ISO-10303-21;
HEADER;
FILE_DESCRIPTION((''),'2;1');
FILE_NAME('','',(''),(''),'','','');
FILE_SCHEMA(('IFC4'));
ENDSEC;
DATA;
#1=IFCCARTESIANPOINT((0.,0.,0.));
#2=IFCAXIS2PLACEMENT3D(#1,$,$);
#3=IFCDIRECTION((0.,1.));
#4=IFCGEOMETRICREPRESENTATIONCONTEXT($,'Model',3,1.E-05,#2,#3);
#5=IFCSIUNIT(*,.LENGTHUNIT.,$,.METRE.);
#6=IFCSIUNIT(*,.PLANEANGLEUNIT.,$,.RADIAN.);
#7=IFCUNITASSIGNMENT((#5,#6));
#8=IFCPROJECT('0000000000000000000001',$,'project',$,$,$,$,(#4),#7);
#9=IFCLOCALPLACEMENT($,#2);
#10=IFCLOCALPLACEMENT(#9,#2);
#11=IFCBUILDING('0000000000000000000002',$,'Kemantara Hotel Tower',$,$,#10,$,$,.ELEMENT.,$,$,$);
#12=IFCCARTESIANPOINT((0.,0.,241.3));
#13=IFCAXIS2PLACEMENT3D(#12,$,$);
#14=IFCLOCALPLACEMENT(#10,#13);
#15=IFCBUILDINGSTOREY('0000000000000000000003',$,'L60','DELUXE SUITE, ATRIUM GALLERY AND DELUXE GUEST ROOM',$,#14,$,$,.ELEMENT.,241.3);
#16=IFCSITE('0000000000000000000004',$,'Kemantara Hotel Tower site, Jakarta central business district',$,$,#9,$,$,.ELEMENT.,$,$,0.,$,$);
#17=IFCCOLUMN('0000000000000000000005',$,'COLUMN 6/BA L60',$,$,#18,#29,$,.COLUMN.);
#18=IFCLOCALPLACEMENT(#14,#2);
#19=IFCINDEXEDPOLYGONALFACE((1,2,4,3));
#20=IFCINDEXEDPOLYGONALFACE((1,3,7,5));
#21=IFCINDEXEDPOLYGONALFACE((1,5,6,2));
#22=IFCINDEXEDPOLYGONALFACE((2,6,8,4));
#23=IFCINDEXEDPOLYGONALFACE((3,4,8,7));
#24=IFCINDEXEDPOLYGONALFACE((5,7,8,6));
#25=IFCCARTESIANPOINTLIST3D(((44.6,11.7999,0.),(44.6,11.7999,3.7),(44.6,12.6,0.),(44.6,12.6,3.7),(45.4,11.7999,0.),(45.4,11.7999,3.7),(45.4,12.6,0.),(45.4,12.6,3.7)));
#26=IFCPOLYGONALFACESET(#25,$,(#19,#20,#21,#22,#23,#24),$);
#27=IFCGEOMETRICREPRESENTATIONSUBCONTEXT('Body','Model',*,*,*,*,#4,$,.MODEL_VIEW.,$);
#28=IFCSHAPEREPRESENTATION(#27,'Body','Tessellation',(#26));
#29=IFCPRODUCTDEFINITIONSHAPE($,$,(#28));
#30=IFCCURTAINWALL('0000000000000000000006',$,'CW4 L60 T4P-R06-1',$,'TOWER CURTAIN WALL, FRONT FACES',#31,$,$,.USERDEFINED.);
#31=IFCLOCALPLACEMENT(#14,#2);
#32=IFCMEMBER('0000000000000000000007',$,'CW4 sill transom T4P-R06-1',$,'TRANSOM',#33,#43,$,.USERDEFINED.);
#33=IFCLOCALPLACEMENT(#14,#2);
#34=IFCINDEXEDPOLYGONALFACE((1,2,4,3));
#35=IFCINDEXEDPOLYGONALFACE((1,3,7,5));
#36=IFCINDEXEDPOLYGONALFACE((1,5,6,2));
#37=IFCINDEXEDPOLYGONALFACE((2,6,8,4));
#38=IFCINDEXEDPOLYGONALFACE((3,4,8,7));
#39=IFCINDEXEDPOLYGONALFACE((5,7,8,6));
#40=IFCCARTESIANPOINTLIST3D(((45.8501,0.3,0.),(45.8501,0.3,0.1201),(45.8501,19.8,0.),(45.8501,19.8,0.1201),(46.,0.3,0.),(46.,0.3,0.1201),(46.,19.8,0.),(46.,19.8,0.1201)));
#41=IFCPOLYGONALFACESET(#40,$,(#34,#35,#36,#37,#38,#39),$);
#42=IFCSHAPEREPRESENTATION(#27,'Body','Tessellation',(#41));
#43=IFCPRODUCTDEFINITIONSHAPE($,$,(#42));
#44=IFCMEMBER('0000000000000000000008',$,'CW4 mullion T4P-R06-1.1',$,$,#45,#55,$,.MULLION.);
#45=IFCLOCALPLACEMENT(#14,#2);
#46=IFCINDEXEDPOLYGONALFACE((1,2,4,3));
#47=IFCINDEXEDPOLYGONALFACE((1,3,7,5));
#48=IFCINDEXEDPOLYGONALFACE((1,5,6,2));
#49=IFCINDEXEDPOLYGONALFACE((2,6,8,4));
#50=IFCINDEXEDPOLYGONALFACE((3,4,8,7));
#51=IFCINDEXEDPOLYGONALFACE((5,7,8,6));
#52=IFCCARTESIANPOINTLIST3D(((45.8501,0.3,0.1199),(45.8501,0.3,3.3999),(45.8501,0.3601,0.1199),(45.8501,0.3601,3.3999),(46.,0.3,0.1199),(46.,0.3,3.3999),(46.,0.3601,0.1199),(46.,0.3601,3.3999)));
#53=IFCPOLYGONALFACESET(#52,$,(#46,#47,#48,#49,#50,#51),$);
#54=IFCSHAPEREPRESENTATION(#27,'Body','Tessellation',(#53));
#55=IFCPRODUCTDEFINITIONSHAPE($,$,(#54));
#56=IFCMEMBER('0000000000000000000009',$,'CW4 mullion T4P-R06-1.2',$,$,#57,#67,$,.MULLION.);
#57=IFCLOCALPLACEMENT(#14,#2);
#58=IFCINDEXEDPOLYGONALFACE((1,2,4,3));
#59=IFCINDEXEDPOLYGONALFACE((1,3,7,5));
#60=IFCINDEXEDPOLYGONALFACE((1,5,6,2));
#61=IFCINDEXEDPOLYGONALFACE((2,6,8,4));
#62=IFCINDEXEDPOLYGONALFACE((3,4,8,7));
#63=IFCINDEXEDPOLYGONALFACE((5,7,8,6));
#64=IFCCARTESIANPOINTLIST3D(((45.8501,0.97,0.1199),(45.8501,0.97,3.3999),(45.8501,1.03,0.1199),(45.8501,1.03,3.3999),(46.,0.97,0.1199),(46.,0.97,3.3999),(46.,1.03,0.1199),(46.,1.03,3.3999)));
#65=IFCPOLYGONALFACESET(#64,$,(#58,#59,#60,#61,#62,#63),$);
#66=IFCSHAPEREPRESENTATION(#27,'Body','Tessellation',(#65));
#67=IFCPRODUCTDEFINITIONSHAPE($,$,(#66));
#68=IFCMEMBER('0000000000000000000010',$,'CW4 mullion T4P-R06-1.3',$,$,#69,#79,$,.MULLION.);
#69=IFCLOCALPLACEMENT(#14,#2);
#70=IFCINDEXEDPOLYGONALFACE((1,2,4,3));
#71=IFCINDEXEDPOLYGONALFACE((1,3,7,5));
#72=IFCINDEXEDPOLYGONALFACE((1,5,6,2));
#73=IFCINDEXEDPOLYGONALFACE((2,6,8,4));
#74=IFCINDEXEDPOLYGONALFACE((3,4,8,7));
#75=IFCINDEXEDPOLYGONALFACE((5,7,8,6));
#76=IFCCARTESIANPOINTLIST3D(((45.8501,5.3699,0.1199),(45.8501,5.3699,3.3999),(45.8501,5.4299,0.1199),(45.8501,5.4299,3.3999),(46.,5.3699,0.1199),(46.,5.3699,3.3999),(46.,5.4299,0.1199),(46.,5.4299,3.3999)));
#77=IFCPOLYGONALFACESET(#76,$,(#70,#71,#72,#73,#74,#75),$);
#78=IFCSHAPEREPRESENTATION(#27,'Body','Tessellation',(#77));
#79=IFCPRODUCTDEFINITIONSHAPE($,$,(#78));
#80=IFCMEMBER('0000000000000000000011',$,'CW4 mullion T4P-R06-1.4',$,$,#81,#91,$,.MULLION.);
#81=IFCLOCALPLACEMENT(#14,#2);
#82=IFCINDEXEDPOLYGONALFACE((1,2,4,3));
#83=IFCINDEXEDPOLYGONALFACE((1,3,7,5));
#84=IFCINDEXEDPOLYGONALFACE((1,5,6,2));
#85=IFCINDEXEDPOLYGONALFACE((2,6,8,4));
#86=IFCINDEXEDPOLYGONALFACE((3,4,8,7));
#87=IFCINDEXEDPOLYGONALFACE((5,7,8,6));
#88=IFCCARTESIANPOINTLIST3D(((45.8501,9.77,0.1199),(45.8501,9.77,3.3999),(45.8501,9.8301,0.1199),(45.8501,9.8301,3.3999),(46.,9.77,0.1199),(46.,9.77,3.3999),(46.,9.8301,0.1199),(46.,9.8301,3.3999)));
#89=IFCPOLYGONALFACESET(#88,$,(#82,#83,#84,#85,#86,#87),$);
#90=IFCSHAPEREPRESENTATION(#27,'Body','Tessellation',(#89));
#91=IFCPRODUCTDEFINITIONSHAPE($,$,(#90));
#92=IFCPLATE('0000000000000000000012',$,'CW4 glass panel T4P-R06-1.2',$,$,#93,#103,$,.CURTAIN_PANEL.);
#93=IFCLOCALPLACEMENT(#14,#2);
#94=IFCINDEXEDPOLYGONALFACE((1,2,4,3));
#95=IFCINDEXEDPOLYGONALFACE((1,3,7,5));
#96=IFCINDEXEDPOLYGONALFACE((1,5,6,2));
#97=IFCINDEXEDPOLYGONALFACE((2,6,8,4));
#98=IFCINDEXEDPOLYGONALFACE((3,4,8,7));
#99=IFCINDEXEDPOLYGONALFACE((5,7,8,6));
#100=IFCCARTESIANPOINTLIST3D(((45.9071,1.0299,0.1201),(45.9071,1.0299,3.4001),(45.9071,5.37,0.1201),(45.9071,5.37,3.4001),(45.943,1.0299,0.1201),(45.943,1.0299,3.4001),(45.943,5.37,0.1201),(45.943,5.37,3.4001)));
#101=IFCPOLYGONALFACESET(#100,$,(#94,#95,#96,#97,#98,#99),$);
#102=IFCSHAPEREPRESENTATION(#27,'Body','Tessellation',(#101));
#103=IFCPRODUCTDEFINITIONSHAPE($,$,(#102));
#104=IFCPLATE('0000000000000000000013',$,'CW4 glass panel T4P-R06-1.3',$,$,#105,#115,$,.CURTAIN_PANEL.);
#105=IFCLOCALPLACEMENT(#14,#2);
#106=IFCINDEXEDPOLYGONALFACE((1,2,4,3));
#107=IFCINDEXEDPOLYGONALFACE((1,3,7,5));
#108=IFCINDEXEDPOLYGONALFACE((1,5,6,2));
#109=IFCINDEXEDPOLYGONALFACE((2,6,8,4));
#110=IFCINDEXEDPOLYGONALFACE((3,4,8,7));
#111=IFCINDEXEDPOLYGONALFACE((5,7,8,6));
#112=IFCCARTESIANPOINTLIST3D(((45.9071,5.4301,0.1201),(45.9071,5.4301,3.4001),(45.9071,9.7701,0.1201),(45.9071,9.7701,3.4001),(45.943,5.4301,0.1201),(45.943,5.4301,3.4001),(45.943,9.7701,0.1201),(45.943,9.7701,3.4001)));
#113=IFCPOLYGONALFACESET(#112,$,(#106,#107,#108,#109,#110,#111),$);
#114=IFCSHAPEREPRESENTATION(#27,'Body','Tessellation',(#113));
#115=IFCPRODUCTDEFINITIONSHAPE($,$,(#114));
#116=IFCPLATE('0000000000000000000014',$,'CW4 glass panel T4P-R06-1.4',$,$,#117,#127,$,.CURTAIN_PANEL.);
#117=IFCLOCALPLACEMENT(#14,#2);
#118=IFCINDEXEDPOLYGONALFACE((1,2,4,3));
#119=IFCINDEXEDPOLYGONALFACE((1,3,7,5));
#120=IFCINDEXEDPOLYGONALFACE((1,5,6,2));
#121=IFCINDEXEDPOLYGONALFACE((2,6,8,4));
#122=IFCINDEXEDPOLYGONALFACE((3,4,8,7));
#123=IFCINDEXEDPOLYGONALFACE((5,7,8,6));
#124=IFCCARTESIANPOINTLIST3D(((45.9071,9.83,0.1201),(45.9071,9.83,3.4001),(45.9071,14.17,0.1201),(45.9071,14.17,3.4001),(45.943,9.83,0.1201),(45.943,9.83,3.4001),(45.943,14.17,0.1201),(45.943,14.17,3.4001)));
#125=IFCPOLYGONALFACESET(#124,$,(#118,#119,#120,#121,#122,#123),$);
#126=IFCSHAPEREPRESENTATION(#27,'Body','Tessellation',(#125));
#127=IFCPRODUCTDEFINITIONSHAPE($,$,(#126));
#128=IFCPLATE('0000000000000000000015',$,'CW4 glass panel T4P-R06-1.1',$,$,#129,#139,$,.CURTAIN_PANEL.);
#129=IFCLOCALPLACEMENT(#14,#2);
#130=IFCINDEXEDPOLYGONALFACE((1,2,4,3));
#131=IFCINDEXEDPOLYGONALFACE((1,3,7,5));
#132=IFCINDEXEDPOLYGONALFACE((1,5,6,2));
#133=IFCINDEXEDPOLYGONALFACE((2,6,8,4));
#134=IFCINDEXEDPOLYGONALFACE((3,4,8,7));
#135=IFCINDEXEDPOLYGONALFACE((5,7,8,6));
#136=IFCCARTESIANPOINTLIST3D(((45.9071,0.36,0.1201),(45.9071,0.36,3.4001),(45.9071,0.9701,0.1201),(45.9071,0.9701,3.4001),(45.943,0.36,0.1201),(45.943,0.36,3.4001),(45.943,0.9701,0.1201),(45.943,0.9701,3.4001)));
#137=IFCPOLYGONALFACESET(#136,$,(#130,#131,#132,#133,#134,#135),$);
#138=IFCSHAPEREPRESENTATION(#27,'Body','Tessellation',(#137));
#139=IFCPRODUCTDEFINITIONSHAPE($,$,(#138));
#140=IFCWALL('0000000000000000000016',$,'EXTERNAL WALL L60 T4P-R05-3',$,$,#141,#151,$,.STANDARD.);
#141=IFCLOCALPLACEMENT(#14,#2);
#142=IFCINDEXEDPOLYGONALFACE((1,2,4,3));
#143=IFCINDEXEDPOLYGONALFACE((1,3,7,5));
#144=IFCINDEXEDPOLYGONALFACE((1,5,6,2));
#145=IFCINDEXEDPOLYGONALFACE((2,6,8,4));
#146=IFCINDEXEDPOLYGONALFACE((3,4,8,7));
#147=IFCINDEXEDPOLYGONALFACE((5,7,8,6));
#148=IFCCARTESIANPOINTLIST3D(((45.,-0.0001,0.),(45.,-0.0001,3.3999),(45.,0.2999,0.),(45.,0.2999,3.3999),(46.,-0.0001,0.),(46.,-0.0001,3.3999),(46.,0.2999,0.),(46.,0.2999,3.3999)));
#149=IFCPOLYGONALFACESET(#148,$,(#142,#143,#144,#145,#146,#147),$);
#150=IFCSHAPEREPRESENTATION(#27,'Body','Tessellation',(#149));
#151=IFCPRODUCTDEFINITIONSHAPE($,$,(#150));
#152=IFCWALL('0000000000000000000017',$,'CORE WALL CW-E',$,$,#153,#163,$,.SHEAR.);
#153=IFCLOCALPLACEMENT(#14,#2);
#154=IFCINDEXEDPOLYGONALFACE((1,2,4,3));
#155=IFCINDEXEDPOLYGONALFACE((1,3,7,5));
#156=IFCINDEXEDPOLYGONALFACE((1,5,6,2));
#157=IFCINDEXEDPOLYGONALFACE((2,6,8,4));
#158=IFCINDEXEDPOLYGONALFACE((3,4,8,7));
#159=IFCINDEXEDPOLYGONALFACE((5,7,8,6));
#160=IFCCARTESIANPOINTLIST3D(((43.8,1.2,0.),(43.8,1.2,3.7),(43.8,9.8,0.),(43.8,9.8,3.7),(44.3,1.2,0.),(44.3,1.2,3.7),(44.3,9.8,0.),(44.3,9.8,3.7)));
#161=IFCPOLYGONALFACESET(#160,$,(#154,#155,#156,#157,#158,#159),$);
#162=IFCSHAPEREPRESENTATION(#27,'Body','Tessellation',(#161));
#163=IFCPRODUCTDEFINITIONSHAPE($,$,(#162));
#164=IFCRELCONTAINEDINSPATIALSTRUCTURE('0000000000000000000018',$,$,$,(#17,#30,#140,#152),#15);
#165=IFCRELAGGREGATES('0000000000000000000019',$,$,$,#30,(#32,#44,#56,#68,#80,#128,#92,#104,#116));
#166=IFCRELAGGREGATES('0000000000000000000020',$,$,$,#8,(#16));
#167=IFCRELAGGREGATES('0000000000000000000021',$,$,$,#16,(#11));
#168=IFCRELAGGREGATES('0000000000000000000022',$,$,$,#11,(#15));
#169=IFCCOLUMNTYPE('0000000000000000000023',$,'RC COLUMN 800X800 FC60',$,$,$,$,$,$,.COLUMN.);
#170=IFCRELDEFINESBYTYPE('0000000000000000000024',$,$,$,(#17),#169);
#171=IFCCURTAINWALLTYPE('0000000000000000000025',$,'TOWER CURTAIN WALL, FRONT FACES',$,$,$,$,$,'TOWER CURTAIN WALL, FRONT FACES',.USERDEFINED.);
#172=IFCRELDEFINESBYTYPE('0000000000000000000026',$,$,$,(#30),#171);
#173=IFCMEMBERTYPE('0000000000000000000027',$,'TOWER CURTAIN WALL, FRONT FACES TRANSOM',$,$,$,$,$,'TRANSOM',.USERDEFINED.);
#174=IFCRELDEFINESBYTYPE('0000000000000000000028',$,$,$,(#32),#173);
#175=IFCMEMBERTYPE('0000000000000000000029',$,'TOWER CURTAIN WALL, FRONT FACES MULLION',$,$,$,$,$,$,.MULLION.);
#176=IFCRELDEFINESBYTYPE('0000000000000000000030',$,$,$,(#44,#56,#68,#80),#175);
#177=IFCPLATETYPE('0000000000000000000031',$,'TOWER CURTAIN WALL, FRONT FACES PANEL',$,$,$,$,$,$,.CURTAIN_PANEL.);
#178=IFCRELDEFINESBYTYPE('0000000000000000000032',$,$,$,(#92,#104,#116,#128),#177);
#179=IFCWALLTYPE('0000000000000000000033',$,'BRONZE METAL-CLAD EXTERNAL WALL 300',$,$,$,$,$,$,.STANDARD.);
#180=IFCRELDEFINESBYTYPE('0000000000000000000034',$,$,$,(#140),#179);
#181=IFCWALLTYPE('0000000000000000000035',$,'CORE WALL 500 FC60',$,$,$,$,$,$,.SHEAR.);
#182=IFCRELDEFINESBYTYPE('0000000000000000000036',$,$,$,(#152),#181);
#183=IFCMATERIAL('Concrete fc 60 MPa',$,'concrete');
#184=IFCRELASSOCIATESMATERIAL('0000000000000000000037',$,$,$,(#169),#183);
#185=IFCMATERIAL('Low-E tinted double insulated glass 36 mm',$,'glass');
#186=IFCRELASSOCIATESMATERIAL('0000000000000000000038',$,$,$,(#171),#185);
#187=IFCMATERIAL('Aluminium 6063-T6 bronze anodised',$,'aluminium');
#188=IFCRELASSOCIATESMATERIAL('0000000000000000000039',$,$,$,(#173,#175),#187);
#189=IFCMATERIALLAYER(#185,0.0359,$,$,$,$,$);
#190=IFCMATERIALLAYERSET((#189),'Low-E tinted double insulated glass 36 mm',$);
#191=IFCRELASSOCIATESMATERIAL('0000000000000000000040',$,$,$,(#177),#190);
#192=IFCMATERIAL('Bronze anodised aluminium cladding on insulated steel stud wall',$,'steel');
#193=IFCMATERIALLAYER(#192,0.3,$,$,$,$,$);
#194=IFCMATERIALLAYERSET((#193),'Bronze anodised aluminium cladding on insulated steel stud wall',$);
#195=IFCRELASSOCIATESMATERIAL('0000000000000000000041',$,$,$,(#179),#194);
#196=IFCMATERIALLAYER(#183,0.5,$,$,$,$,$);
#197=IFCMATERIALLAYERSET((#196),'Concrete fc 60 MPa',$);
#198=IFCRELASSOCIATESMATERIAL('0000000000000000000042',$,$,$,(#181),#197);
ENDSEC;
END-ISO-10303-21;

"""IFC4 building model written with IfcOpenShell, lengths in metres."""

from ifc_helpers import new_model, si_unit, direction, frame, frame_2d, origin, origin_2d, place, context, subcontext, project, spatial, rectangle, extrude, source, transform, mapped, material, layer, layer_set, material_profile, profile_set, type_object, element, aggregate, save


model = new_model("IFC4")

# Units and contexts
model_context = context("Model", 3, precision=1e-05, world=origin(), true_north=direction((0.0, 1.0)))
body_context = subcontext(model_context, "Body", "Model", "MODEL_VIEW")
ifc_project = project(units=[si_unit("LENGTHUNIT", "METRE"), si_unit("PLANEANGLEUNIT", "RADIAN")], contexts=[model_context])

# Site, building, storey
site_placement = place(None, origin())
site = spatial("IfcSite", under=ifc_project, at=site_placement, Name="Kemantara Hotel Tower site, Jakarta central business district", CompositionType="ELEMENT", RefElevation=0.0)
building_placement = place(site_placement, origin())
building = spatial("IfcBuilding", under=site, at=building_placement, Name="Kemantara Hotel Tower", CompositionType="ELEMENT")
storey_placement = place(building_placement, frame((0.0, 0.0, 241.3)))
storey = spatial("IfcBuildingStorey", under=building, at=storey_placement, Name="L60", Description="DELUXE SUITE, ATRIUM GALLERY AND DELUXE GUEST ROOM", CompositionType="ELEMENT", Elevation=241.3)

# Column
ifc_material_1 = material(Name="Concrete fc 60 MPa", Category="concrete")
ifc_material_profile_1 = material_profile(ifc_material_1, rectangle(XDim=0.8, YDim=0.8, at=origin_2d()), Name="RC 800X800")
ifc_profile_set_1 = profile_set([ifc_material_profile_1], Name="Concrete fc 60 MPa")
column_type = type_object("IfcColumnType", Name="RC COLUMN 800X800 FC60", PredefinedType="COLUMN", material=ifc_profile_set_1)
column_placement = place(storey_placement, frame((45.0, 12.2, 0.0), z_axis=(0.0, 0.0, 1.0), x_axis=(1.0, 0.0, 0.0)))
element("IfcColumn", 1, at=column_placement, inside=storey, type_object=column_type, Name="COLUMN 6/BA L60", PredefinedType="COLUMN", context=body_context, shape_type="SweptSolid", body=[
    extrude(rectangle(XDim=0.8, YDim=0.8, at=origin_2d()), origin(), (0.0, 0.0, 1.0), 3.7),
])

# Curtain wall, members, plates
ifc_material_2 = material(Name="Low-E tinted double insulated glass 36 mm", Category="glass")
curtain_wall_type = type_object("IfcCurtainWallType", Name="TOWER CURTAIN WALL, FRONT FACES", ElementType="TOWER CURTAIN WALL, FRONT FACES", PredefinedType="USERDEFINED", material=ifc_material_2)
curtain_wall_placement = place(storey_placement, origin())
curtain_wall = element("IfcCurtainWall", 2, at=curtain_wall_placement, inside=storey, type_object=curtain_wall_type, Name="CW4 L60 T4P-R06-1", ObjectType="TOWER CURTAIN WALL, FRONT FACES", PredefinedType="USERDEFINED")
ifc_material_3 = material(Name="Aluminium 6063-T6 bronze anodised", Category="aluminium")
ifc_material_profile_2 = material_profile(ifc_material_3, rectangle(XDim=0.1499, YDim=0.1201, at=origin_2d()), Name="TOWER CURTAIN WALL, FRONT FACES TRANSOM")
ifc_profile_set_2 = profile_set([ifc_material_profile_2], Name="Aluminium 6063-T6 bronze anodised")
member_type_1 = type_object("IfcMemberType", Name="TOWER CURTAIN WALL, FRONT FACES TRANSOM", ElementType="TRANSOM", PredefinedType="USERDEFINED", material=ifc_profile_set_2)
member_1_placement = place(storey_placement, frame((45.925, 0.3, 0.0601), z_axis=(0.0, 1.0, 0.0), x_axis=(-1.0, 0.0, 0.0)))
member_1 = element("IfcMember", 3, at=member_1_placement, type_object=member_type_1, Name="CW4 sill transom T4P-R06-1", ObjectType="TRANSOM", PredefinedType="USERDEFINED", context=body_context, shape_type="SweptSolid", body=[
    extrude(rectangle(XDim=0.1499, YDim=0.1201, at=origin_2d()), origin(), (0.0, 0.0, 1.0), 19.5),
])
ifc_material_profile_3 = material_profile(ifc_material_3, rectangle(XDim=0.1499, YDim=0.0601, at=origin_2d()), Name="TOWER CURTAIN WALL, FRONT FACES MULLION")
ifc_profile_set_3 = profile_set([ifc_material_profile_3], Name="Aluminium 6063-T6 bronze anodised")
member_type_2 = type_object("IfcMemberType", Name="TOWER CURTAIN WALL, FRONT FACES MULLION", PredefinedType="MULLION", material=ifc_profile_set_3)
shared_shape_1 = source(origin(), body_context, "Body", "SweptSolid", [
    extrude(rectangle(XDim=0.1499, YDim=0.0601, at=origin_2d()), origin(), (0.0, 0.0, 1.0), 3.28),
])
member_2_placement = place(storey_placement, frame((45.925, 0.3301, 0.1199), z_axis=(0.0, 0.0, 1.0), x_axis=(-1.0, 0.0, 0.0)))
member_2 = element("IfcMember", 4, at=member_2_placement, type_object=member_type_2, Name="CW4 mullion T4P-R06-1.1", PredefinedType="MULLION", context=body_context, shape_type="MappedRepresentation", body=[
    mapped(shared_shape_1, transform((0.0, 0.0, 0.0))),
])
member_3_placement = place(storey_placement, frame((45.925, 1.0, 0.1199), z_axis=(0.0, 0.0, 1.0), x_axis=(-1.0, 0.0, 0.0)))
member_3 = element("IfcMember", 5, at=member_3_placement, type_object=member_type_2, Name="CW4 mullion T4P-R06-1.2", PredefinedType="MULLION", context=body_context, shape_type="MappedRepresentation", body=[
    mapped(shared_shape_1, transform((0.0, 0.0, 0.0))),
])
member_4_placement = place(storey_placement, frame((45.925, 5.3999, 0.1199), z_axis=(0.0, 0.0, 1.0), x_axis=(-1.0, 0.0, 0.0)))
member_4 = element("IfcMember", 6, at=member_4_placement, type_object=member_type_2, Name="CW4 mullion T4P-R06-1.3", PredefinedType="MULLION", context=body_context, shape_type="MappedRepresentation", body=[
    mapped(shared_shape_1, transform((0.0, 0.0, 0.0))),
])
member_5_placement = place(storey_placement, frame((45.925, 9.8, 0.1199), z_axis=(0.0, 0.0, 1.0), x_axis=(-1.0, 0.0, 0.0)))
member_5 = element("IfcMember", 7, at=member_5_placement, type_object=member_type_2, Name="CW4 mullion T4P-R06-1.4", PredefinedType="MULLION", context=body_context, shape_type="MappedRepresentation", body=[
    mapped(shared_shape_1, transform((0.0, 0.0, 0.0))),
])
ifc_layer_1 = layer(ifc_material_2, 0.0359)
ifc_layer_set_1 = layer_set([ifc_layer_1], Name="Low-E tinted double insulated glass 36 mm")
plate_type = type_object("IfcPlateType", Name="TOWER CURTAIN WALL, FRONT FACES PANEL", PredefinedType="CURTAIN_PANEL", material=ifc_layer_set_1)
shared_shape_2 = source(origin(), body_context, "Body", "SweptSolid", [
    extrude(rectangle(XDim=4.3401, YDim=0.0359, at=origin_2d()), origin(), (0.0, 0.0, 1.0), 3.28),
])
plate_1_placement = place(storey_placement, frame((45.925, 3.2, 0.1201), z_axis=(0.0, 0.0, 1.0), x_axis=(0.0, 1.0, 0.0)))
plate_1 = element("IfcPlate", 8, at=plate_1_placement, type_object=plate_type, Name="CW4 glass panel T4P-R06-1.2", PredefinedType="CURTAIN_PANEL", context=body_context, shape_type="MappedRepresentation", body=[
    mapped(shared_shape_2, transform((0.0, 0.0, 0.0))),
])
plate_2_placement = place(storey_placement, frame((45.925, 7.6001, 0.1201), z_axis=(0.0, 0.0, 1.0), x_axis=(0.0, 1.0, 0.0)))
plate_2 = element("IfcPlate", 9, at=plate_2_placement, type_object=plate_type, Name="CW4 glass panel T4P-R06-1.3", PredefinedType="CURTAIN_PANEL", context=body_context, shape_type="MappedRepresentation", body=[
    mapped(shared_shape_2, transform((0.0, 0.0, 0.0))),
])
plate_3_placement = place(storey_placement, frame((45.925, 12.0, 0.1201), z_axis=(0.0, 0.0, 1.0), x_axis=(0.0, 1.0, 0.0)))
plate_3 = element("IfcPlate", 10, at=plate_3_placement, type_object=plate_type, Name="CW4 glass panel T4P-R06-1.4", PredefinedType="CURTAIN_PANEL", context=body_context, shape_type="MappedRepresentation", body=[
    mapped(shared_shape_2, transform((0.0, 0.0, 0.0))),
])
shared_shape_3 = source(origin(), body_context, "Body", "SweptSolid", [
    extrude(rectangle(XDim=0.6101, YDim=0.0359, at=origin_2d()), origin(), (0.0, 0.0, 1.0), 3.28),
])
plate_4_placement = place(storey_placement, frame((45.925, 0.665, 0.1201), z_axis=(0.0, 0.0, 1.0), x_axis=(0.0, 1.0, 0.0)))
plate_4 = element("IfcPlate", 11, at=plate_4_placement, type_object=plate_type, Name="CW4 glass panel T4P-R06-1.1", PredefinedType="CURTAIN_PANEL", context=body_context, shape_type="MappedRepresentation", body=[
    mapped(shared_shape_3, transform((0.0, 0.0, 0.0))),
])
aggregate(curtain_wall, [member_1, member_2, member_3, member_4, member_5, plate_4, plate_1, plate_2, plate_3])

# Walls
ifc_material_4 = material(Name="Bronze anodised aluminium cladding on insulated steel stud wall", Category="steel")
ifc_layer_2 = layer(ifc_material_4, 0.3)
ifc_layer_set_2 = layer_set([ifc_layer_2], Name="Bronze anodised aluminium cladding on insulated steel stud wall")
wall_type_1 = type_object("IfcWallType", Name="BRONZE METAL-CLAD EXTERNAL WALL 300", PredefinedType="STANDARD", material=ifc_layer_set_2)
wall_1_placement = place(storey_placement, frame((45.0, 0.1499, 0.0), z_axis=(0.0, 0.0, 1.0), x_axis=(1.0, 0.0, 0.0)))
element("IfcWall", 12, at=wall_1_placement, inside=storey, type_object=wall_type_1, Name="EXTERNAL WALL L60 T4P-R05-3", PredefinedType="STANDARD", context=body_context, shape_type="SweptSolid", body=[
    extrude(rectangle(XDim=1.0, YDim=0.3, at=frame_2d((0.5, 0.0))), origin(), (0.0, 0.0, 1.0), 3.3999),
])
ifc_layer_3 = layer(ifc_material_1, 0.5)
ifc_layer_set_3 = layer_set([ifc_layer_3], Name="Concrete fc 60 MPa")
wall_type_2 = type_object("IfcWallType", Name="CORE WALL 500 FC60", PredefinedType="SHEAR", material=ifc_layer_set_3)
wall_2_placement = place(storey_placement, frame((44.05, 1.2, 0.0), z_axis=(0.0, 0.0, 1.0), x_axis=(0.0, 1.0, 0.0)))
element("IfcWall", 13, at=wall_2_placement, inside=storey, type_object=wall_type_2, Name="CORE WALL CW-E", PredefinedType="SHEAR", context=body_context, shape_type="SweptSolid", body=[
    extrude(rectangle(XDim=8.6001, YDim=0.5, at=frame_2d((4.3, 0.0))), origin(), (0.0, 0.0, 1.0), 3.7),
])

save(model, "model.ifc")
